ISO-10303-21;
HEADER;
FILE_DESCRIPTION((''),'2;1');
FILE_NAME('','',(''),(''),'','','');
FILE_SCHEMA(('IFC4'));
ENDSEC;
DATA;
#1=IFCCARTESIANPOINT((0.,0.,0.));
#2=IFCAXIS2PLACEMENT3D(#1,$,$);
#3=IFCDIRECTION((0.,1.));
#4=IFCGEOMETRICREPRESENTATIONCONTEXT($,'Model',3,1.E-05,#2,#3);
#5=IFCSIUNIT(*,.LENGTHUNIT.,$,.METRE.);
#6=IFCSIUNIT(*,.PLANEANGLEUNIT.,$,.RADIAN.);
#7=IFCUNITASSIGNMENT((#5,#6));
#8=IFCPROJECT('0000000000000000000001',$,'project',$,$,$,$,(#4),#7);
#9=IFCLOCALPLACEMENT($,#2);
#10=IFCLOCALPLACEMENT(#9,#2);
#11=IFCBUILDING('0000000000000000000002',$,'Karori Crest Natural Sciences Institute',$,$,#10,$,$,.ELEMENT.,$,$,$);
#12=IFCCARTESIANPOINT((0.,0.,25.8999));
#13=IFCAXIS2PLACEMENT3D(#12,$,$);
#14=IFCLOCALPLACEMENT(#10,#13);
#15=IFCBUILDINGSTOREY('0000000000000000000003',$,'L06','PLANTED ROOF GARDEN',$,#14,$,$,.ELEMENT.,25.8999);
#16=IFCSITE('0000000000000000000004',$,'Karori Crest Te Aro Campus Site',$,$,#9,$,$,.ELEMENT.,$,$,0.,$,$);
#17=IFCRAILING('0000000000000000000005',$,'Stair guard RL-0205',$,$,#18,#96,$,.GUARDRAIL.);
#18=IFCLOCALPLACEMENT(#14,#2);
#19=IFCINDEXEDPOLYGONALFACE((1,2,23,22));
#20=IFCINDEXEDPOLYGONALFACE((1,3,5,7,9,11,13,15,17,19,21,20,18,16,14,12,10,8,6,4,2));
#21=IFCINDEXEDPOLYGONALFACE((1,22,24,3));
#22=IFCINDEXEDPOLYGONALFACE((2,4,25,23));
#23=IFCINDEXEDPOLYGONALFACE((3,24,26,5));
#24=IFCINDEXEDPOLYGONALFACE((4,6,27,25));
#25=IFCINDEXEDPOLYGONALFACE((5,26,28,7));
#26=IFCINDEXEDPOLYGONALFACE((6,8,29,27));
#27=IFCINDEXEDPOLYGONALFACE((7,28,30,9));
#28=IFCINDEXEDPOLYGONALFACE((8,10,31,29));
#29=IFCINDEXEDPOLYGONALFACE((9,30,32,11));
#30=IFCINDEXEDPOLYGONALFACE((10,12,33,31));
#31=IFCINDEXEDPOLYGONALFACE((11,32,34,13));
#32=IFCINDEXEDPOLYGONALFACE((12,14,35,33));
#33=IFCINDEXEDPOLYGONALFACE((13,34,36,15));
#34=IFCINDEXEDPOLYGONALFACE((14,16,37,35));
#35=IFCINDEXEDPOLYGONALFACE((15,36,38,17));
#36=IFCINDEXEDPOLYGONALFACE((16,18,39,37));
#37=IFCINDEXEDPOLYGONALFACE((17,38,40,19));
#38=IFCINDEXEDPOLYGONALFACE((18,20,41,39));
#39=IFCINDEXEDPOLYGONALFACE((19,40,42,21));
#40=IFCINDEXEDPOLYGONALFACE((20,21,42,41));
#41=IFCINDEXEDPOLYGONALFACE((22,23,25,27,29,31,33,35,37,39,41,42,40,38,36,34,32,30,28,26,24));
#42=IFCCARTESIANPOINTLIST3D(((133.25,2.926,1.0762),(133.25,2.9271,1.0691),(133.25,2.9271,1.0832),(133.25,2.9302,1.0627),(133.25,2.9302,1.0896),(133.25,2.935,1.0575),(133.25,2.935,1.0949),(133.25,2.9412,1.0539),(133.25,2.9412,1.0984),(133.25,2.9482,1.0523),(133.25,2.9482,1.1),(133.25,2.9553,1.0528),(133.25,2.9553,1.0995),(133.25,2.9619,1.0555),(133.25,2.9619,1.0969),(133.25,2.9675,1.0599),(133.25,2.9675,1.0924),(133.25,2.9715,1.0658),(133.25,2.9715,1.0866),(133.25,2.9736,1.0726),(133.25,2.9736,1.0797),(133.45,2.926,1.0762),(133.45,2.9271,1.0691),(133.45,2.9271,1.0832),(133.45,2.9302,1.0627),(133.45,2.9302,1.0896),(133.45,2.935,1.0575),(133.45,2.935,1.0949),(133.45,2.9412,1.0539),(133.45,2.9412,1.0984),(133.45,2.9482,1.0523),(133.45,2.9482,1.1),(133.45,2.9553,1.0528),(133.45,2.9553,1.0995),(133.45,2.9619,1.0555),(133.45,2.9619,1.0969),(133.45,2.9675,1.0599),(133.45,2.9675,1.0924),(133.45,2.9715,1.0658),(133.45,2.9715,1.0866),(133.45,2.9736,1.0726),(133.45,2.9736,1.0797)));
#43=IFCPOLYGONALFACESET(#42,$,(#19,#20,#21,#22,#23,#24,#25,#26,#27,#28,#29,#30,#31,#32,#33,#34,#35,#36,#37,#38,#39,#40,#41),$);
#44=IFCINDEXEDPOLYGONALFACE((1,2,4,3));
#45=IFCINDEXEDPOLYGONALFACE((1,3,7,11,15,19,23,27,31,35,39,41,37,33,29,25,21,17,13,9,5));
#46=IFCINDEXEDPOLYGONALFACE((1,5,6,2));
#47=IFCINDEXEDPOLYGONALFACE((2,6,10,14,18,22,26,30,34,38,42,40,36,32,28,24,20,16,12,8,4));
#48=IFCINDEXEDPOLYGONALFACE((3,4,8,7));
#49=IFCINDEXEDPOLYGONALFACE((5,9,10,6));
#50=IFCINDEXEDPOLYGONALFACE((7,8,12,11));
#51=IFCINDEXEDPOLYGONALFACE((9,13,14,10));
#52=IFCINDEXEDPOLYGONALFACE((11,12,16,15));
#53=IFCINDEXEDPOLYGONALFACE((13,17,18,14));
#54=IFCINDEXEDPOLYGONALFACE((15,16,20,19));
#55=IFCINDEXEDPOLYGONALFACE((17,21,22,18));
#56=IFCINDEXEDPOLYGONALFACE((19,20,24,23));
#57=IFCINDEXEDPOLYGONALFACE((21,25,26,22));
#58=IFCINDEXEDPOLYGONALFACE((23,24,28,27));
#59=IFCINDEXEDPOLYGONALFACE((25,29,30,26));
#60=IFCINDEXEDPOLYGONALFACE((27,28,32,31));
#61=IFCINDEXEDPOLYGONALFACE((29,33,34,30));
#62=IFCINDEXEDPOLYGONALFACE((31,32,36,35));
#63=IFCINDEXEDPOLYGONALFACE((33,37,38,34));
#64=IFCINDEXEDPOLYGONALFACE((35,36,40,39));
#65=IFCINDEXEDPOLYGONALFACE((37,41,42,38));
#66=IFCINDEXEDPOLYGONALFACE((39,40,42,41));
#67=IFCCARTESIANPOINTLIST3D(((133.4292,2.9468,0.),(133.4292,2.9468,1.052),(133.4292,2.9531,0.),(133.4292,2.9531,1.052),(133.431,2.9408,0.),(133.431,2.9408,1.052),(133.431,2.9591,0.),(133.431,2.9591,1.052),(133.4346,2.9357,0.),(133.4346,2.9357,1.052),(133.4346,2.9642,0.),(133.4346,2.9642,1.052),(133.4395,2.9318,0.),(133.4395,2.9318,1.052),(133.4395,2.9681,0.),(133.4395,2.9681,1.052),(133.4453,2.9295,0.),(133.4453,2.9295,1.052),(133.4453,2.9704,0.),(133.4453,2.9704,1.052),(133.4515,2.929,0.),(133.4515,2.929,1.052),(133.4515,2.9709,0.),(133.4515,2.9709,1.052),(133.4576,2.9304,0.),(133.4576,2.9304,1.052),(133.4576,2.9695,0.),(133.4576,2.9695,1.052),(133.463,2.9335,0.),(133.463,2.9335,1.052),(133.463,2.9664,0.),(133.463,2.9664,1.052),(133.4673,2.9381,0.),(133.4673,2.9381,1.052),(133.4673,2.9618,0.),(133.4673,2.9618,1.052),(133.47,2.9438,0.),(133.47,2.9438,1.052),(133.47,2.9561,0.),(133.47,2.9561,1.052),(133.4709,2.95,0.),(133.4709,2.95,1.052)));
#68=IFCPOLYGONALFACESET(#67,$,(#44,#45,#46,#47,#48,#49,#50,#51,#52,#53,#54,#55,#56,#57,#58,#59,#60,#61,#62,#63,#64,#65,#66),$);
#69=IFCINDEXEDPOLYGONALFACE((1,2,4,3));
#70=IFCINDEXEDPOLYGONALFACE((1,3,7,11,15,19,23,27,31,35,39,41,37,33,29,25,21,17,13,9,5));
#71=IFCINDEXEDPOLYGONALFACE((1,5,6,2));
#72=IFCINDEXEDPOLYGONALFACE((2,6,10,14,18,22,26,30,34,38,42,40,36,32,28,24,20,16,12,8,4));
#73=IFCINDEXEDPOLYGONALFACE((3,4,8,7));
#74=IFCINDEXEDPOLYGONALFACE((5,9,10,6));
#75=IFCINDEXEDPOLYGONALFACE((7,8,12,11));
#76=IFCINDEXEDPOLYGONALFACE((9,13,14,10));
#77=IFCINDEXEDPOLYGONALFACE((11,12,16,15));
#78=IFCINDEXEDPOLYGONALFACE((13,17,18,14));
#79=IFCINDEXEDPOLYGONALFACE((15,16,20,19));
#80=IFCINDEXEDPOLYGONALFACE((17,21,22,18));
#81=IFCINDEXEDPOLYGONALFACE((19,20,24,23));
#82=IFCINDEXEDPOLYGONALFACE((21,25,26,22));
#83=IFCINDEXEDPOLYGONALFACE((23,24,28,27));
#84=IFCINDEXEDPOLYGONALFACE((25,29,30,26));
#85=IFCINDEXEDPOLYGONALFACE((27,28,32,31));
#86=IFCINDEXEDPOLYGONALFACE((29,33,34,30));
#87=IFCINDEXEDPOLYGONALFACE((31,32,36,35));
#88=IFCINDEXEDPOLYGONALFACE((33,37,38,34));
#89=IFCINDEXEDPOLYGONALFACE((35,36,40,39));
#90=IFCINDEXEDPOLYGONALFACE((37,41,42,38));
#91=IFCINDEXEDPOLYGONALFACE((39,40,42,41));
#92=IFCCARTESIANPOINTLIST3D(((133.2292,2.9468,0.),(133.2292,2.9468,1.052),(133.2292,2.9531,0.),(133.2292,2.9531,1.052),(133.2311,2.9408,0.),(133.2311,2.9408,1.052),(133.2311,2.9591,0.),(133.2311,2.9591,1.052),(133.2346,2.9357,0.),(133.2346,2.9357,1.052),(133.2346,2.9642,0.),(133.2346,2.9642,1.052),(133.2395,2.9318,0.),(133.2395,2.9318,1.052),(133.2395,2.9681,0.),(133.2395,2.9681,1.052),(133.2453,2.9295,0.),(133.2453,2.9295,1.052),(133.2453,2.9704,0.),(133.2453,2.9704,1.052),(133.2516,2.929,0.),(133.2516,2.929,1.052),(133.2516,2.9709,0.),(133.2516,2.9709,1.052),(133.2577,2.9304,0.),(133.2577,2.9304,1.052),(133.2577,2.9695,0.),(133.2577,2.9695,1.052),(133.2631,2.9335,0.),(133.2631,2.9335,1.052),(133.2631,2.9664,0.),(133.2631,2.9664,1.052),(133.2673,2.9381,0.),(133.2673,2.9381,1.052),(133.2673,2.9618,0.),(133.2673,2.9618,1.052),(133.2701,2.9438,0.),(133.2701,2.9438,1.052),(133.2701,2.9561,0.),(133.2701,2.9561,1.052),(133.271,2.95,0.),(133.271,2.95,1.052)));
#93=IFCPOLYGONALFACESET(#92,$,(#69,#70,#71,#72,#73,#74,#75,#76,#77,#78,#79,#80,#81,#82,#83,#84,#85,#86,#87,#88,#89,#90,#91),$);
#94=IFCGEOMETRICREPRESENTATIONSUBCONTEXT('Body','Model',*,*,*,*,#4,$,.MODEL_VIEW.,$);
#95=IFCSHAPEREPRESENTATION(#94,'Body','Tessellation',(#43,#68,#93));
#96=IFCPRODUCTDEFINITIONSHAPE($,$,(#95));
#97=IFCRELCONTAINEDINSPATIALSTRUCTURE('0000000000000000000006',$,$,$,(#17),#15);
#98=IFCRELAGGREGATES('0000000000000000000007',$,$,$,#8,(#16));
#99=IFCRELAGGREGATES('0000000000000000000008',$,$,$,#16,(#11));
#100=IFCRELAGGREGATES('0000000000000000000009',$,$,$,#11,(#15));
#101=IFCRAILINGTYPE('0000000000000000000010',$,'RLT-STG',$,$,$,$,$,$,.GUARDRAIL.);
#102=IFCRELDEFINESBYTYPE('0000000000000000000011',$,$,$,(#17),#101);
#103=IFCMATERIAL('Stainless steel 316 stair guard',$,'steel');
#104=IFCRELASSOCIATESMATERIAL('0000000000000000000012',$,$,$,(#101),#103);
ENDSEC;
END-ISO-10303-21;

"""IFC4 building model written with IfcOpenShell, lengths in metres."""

from ifc_helpers import new_model, si_unit, direction, frame, origin, origin_2d, place, context, subcontext, project, spatial, circle, extrude, material, type_object, element, save


model = new_model("IFC4")

# Units and contexts
model_context = context("Model", 3, precision=1e-05, world=origin(), true_north=direction((0.0, 1.0)))
body_context = subcontext(model_context, "Body", "Model", "MODEL_VIEW")
ifc_project = project(units=[si_unit("LENGTHUNIT", "METRE"), si_unit("PLANEANGLEUNIT", "RADIAN")], contexts=[model_context])

# Site, building, storey
site_placement = place(None, origin())
site = spatial("IfcSite", under=ifc_project, at=site_placement, Name="Karori Crest Te Aro Campus Site", CompositionType="ELEMENT", RefElevation=0.0)
building_placement = place(site_placement, origin())
building = spatial("IfcBuilding", under=site, at=building_placement, Name="Karori Crest Natural Sciences Institute", CompositionType="ELEMENT")
storey_placement = place(building_placement, frame((0.0, 0.0, 25.8999)))
storey = spatial("IfcBuildingStorey", under=building, at=storey_placement, Name="L06", Description="PLANTED ROOF GARDEN", CompositionType="ELEMENT", Elevation=25.8999)

# Railing
ifc_material_1 = material(Name="Stainless steel 316 stair guard", Category="steel")
railing_type_1 = type_object("IfcRailingType", Name="RLT-STG", PredefinedType="GUARDRAIL", material=ifc_material_1)
railing_1_placement = place(storey_placement, frame((133.45, 2.95, 0.0)))
element("IfcRailing", 1, at=railing_1_placement, inside=storey, type_object=railing_type_1, Name="Stair guard RL-0205", PredefinedType="GUARDRAIL", context=body_context, shape_type="SweptSolid", body=[
    extrude(circle(Radius=0.0239, at=origin_2d()), frame((0.0, 0.0, 1.0762), z_axis=(-1.0, 0.0, 0.0), x_axis=(0.0, -1.0, 0.0)), (0.0, 0.0, 1.0), 0.2),
    extrude(circle(Radius=0.021, at=origin_2d()), origin(), (0.0, 0.0, 1.0), 1.052),
    extrude(circle(Radius=0.021, at=origin_2d()), frame((-0.2, 0.0, 0.0)), (0.0, 0.0, 1.0), 1.052),
])

save(model, "model.ifc")
